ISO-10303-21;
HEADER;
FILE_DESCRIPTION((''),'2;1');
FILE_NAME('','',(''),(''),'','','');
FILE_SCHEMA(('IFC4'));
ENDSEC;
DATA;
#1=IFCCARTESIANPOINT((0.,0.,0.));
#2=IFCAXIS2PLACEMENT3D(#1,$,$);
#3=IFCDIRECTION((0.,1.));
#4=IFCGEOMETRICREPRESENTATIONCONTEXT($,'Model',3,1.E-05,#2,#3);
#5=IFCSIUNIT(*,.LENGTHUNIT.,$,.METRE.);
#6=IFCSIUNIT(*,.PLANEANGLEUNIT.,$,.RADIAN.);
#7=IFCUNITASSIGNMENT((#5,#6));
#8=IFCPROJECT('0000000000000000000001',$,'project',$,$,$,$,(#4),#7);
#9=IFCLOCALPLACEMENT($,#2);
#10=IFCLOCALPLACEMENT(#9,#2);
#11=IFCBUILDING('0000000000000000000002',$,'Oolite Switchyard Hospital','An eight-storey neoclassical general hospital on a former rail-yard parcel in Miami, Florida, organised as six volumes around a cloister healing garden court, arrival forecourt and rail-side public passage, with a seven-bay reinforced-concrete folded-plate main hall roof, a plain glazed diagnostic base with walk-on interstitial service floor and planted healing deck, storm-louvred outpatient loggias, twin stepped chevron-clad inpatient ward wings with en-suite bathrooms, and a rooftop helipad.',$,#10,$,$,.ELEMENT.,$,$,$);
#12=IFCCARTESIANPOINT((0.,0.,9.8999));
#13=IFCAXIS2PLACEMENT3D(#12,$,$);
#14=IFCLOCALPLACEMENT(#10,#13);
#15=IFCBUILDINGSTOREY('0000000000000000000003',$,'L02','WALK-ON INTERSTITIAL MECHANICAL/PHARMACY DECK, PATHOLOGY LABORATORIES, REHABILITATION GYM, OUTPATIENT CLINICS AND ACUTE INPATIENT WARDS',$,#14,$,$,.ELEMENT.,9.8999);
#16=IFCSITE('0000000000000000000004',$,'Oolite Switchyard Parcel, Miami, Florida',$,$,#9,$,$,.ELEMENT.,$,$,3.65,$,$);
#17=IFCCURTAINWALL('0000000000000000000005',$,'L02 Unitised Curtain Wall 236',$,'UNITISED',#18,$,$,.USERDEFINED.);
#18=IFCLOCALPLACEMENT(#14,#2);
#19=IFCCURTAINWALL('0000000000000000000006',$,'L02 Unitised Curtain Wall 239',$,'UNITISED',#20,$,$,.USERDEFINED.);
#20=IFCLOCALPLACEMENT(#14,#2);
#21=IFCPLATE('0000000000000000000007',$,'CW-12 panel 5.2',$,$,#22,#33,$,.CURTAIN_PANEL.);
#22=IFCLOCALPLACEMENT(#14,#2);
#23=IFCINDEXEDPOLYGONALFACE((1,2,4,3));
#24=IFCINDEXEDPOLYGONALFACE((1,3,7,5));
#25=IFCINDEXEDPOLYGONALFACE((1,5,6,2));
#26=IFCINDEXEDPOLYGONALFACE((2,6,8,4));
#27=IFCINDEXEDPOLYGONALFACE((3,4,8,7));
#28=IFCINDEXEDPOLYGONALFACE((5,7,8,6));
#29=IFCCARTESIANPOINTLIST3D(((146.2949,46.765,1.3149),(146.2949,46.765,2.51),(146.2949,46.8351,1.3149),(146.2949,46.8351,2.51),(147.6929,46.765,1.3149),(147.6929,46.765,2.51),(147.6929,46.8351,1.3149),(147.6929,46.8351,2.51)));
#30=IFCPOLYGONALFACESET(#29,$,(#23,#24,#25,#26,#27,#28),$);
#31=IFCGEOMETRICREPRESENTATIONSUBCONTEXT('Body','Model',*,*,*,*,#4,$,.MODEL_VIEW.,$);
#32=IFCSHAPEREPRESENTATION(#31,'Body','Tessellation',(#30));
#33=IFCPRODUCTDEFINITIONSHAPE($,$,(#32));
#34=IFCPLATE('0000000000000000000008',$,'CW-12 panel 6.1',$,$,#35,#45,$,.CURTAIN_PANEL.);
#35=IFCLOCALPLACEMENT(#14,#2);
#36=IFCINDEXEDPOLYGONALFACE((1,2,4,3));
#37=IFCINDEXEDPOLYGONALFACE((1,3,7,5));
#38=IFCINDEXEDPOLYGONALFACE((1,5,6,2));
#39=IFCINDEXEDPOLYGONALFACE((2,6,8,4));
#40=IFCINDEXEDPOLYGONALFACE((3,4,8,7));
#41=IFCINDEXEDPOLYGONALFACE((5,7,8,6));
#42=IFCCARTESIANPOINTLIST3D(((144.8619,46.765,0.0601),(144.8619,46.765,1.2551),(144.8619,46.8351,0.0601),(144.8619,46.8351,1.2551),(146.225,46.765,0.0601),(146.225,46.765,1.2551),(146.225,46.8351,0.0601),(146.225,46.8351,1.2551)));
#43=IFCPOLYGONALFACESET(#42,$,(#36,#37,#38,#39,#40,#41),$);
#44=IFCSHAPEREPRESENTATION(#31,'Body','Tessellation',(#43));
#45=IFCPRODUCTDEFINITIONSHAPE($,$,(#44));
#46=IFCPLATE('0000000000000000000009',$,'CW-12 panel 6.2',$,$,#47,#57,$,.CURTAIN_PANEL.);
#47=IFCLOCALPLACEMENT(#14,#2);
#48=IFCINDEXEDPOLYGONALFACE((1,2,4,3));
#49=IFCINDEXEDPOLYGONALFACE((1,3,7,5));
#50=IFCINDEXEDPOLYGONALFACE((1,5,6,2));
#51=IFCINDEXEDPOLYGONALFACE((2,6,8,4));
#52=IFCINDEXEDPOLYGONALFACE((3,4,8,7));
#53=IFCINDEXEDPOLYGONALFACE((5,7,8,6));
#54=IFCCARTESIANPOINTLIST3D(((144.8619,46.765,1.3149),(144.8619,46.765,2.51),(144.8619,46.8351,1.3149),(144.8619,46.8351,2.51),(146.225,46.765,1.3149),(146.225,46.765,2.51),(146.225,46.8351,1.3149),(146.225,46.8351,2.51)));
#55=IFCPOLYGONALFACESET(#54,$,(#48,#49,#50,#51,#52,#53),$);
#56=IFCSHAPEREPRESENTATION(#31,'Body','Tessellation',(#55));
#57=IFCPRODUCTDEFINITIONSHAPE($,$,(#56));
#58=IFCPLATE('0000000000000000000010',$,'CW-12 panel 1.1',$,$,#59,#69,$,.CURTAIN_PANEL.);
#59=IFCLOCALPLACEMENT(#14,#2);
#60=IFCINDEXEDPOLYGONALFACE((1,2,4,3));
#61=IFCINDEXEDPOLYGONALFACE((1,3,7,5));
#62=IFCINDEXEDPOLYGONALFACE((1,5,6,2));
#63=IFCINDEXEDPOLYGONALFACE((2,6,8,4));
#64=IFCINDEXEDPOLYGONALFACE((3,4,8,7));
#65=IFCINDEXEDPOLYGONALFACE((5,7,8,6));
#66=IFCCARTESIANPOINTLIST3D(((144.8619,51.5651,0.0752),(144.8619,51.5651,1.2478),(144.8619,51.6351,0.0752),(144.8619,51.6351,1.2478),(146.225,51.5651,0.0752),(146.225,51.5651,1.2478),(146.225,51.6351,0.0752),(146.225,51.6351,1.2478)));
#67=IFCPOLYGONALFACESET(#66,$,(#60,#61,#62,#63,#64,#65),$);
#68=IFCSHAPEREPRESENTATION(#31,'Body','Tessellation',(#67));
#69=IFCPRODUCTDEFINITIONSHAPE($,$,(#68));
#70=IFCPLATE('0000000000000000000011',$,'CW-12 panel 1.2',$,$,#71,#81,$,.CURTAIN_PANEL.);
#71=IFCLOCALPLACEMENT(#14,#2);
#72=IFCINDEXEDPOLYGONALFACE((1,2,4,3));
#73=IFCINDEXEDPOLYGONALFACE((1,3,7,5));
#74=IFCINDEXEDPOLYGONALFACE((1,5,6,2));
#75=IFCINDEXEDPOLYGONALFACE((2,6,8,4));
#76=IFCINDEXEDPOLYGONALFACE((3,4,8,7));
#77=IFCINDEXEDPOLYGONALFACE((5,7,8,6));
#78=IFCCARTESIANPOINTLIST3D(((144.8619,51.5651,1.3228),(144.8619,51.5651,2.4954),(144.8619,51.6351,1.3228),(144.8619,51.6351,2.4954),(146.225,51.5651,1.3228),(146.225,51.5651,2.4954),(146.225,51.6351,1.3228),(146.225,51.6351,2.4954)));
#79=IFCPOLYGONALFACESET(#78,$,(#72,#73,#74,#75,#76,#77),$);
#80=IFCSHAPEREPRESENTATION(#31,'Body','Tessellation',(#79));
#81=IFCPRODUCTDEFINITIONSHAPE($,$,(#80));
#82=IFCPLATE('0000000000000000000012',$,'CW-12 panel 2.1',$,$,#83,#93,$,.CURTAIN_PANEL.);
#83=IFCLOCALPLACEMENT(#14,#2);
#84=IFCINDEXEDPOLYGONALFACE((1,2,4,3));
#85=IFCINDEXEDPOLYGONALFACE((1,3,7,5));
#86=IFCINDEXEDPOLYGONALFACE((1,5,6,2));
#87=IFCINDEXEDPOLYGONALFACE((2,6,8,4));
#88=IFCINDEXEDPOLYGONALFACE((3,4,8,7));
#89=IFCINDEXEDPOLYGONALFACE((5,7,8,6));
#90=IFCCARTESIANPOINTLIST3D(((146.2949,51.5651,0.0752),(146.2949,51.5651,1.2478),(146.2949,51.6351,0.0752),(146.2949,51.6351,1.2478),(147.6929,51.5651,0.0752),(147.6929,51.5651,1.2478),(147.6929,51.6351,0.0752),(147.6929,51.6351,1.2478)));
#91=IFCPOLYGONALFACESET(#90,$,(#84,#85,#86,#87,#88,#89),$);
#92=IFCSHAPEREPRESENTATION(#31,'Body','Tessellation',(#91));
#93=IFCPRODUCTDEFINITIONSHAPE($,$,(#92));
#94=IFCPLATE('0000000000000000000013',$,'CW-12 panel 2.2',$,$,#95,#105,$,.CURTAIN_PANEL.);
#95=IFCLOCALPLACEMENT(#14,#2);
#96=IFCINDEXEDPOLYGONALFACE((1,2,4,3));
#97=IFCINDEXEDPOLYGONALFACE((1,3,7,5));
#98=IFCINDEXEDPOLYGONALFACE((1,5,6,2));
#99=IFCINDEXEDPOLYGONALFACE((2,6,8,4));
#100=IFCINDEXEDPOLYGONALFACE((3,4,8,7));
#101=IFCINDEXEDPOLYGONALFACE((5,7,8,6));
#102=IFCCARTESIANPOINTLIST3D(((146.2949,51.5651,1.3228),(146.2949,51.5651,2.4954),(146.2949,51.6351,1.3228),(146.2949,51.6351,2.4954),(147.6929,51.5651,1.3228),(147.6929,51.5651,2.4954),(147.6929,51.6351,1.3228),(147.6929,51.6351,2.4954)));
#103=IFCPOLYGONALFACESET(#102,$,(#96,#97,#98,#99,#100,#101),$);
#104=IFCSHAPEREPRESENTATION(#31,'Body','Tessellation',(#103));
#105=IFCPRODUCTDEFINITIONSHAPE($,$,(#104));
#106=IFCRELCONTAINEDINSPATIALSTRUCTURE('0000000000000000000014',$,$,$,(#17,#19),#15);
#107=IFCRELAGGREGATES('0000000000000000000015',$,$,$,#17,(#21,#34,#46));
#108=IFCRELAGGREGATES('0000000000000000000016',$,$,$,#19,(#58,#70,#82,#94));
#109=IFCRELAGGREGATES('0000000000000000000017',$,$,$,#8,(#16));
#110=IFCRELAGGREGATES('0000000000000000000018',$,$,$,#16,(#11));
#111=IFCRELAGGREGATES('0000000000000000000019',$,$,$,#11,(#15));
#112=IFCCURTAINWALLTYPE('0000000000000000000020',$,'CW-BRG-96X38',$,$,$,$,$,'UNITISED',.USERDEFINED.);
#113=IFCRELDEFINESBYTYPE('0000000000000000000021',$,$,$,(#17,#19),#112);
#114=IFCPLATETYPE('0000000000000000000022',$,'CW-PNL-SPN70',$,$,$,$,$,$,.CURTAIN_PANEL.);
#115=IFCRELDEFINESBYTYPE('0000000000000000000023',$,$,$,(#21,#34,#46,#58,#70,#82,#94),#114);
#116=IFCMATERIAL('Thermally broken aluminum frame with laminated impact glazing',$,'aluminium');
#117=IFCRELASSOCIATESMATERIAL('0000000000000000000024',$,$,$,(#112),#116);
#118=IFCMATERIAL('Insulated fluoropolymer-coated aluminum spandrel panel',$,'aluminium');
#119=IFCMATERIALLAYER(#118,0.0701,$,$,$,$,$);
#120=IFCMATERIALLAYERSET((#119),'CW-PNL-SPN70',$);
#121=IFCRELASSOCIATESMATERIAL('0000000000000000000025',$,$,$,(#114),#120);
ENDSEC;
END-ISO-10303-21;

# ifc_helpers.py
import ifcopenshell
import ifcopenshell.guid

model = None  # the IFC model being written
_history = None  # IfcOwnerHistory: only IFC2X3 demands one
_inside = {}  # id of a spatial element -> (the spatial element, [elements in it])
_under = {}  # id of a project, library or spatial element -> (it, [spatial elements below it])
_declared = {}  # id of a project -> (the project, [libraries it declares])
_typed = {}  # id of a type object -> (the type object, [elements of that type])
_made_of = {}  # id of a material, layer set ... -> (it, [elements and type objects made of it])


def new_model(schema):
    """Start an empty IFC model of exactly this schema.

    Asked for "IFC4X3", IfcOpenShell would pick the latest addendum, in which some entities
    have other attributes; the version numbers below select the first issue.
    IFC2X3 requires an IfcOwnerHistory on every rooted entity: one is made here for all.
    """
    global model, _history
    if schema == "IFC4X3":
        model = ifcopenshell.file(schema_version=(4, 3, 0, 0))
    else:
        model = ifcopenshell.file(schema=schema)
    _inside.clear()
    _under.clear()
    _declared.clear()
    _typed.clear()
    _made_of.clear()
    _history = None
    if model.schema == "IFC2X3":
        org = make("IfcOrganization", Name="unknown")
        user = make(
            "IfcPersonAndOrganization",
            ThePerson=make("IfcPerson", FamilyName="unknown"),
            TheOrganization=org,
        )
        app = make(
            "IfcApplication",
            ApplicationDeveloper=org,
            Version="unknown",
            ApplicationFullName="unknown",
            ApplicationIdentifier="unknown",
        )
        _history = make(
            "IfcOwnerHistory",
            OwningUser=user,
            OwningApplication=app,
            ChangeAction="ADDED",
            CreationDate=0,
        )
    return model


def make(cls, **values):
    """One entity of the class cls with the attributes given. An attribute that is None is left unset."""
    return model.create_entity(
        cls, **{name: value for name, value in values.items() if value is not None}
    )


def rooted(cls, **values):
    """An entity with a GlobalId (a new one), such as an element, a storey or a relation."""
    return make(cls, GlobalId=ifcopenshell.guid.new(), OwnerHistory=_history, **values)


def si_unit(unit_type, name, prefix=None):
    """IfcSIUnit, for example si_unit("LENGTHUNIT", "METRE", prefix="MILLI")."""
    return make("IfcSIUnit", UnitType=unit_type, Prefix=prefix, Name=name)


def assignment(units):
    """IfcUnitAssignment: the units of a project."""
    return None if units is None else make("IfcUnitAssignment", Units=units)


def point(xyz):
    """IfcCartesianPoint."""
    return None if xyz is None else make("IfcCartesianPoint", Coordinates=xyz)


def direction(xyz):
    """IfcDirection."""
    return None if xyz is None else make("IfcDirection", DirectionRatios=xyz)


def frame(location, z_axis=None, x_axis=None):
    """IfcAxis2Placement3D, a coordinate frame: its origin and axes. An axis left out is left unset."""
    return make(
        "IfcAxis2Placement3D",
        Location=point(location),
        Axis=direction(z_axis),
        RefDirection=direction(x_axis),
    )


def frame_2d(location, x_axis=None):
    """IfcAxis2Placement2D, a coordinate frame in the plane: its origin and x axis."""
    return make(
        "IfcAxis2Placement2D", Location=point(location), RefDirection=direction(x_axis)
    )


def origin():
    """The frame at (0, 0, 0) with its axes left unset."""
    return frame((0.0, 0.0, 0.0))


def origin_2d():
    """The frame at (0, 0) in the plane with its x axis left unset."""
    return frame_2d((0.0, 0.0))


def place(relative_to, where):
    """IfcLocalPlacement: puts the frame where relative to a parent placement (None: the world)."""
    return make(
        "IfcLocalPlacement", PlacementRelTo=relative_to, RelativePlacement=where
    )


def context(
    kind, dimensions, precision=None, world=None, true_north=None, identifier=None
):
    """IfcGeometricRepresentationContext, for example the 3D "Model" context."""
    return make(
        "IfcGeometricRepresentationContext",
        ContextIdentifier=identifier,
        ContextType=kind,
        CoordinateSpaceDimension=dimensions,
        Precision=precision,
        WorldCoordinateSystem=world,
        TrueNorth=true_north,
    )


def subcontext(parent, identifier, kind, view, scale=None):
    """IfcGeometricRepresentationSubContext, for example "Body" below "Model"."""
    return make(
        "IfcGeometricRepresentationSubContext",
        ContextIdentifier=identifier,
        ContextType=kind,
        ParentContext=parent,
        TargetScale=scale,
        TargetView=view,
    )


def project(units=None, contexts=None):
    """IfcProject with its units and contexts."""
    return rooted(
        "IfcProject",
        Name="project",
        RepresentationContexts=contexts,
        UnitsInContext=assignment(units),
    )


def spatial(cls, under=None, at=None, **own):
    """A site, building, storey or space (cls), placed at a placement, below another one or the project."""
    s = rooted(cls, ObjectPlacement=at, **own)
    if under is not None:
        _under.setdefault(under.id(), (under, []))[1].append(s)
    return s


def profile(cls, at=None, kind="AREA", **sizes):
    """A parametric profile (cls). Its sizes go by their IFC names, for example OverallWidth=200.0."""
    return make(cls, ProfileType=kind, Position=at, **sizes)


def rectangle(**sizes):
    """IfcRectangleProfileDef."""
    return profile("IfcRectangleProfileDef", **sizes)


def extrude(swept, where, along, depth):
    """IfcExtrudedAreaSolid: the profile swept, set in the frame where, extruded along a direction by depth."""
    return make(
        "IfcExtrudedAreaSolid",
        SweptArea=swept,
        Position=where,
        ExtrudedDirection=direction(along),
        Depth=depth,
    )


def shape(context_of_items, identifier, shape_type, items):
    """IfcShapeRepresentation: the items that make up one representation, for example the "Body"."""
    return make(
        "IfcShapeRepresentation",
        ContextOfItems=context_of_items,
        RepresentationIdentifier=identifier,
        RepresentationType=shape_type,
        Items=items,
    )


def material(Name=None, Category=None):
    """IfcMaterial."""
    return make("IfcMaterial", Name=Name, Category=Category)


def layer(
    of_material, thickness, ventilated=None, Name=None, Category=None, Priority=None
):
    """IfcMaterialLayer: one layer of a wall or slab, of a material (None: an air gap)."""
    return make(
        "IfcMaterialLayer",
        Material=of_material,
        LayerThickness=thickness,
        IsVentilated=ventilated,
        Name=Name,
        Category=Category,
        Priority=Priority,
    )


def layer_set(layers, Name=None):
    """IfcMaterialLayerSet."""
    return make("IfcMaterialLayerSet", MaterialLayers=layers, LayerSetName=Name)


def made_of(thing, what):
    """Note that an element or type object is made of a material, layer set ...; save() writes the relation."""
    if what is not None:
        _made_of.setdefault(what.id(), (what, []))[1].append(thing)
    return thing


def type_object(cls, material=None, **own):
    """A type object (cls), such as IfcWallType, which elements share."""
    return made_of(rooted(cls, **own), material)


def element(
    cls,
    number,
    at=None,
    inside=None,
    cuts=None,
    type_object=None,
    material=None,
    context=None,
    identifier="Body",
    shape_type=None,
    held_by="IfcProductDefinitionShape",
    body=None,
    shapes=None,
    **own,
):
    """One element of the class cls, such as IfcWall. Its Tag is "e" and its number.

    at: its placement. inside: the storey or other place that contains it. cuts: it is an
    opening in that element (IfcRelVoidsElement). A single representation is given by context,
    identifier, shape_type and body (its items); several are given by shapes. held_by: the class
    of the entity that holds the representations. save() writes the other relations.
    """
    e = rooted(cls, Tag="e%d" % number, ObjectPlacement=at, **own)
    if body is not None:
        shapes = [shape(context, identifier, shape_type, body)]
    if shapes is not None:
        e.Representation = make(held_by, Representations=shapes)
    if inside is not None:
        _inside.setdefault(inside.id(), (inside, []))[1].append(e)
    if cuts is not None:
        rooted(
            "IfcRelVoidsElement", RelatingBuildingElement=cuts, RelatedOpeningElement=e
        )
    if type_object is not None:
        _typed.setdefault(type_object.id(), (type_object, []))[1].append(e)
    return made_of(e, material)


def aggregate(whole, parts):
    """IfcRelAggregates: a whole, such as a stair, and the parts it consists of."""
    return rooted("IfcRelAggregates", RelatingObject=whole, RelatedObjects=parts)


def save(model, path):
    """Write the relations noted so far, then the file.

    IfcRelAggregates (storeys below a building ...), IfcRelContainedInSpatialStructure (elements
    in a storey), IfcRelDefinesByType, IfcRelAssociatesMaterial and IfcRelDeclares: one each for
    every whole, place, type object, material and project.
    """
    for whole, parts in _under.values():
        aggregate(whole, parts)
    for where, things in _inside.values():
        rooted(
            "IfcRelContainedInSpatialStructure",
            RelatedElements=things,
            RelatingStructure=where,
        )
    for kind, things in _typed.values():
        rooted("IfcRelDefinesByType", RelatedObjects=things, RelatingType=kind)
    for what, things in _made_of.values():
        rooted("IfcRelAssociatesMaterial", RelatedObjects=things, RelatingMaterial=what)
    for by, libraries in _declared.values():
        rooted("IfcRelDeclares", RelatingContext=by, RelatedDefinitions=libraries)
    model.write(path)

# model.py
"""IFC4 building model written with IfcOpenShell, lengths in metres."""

from ifc_helpers import new_model, si_unit, direction, frame, origin, origin_2d, place, context, subcontext, project, spatial, rectangle, extrude, material, layer, layer_set, type_object, element, aggregate, save


model = new_model("IFC4")

# Units and contexts
model_context = context("Model", 3, precision=1e-05, world=origin(), true_north=direction((0.0, 1.0)))
body_context = subcontext(model_context, "Body", "Model", "MODEL_VIEW")
ifc_project = project(units=[si_unit("LENGTHUNIT", "METRE"), si_unit("PLANEANGLEUNIT", "RADIAN")], contexts=[model_context])

# Site, building, storey
site_placement = place(None, origin())
site = spatial("IfcSite", under=ifc_project, at=site_placement, Name="Oolite Switchyard Parcel, Miami, Florida", CompositionType="ELEMENT", RefElevation=3.65)
building_placement = place(site_placement, origin())
building = spatial("IfcBuilding", under=site, at=building_placement, Name="Oolite Switchyard Hospital", Description="An eight-storey neoclassical general hospital on a former rail-yard parcel in Miami, Florida, organised as six volumes around a cloister healing garden court, arrival forecourt and rail-side public passage, with a seven-bay reinforced-concrete folded-plate main hall roof, a plain glazed diagnostic base with walk-on interstitial service floor and planted healing deck, storm-louvred outpatient loggias, twin stepped chevron-clad inpatient ward wings with en-suite bathrooms, and a rooftop helipad.", CompositionType="ELEMENT")
storey_placement = place(building_placement, frame((0.0, 0.0, 9.8999)))
storey = spatial("IfcBuildingStorey", under=building, at=storey_placement, Name="L02", Description="WALK-ON INTERSTITIAL MECHANICAL/PHARMACY DECK, PATHOLOGY LABORATORIES, REHABILITATION GYM, OUTPATIENT CLINICS AND ACUTE INPATIENT WARDS", CompositionType="ELEMENT", Elevation=9.8999)

# Curtain walls
ifc_material_1 = material(Name="Thermally broken aluminum frame with laminated impact glazing", Category="aluminium")
curtain_wall_type = type_object("IfcCurtainWallType", Name="CW-BRG-96X38", ElementType="UNITISED", PredefinedType="USERDEFINED", material=ifc_material_1)
curtain_wall_1_placement = place(storey_placement, origin())
curtain_wall_1 = element("IfcCurtainWall", 1, at=curtain_wall_1_placement, inside=storey, type_object=curtain_wall_type, Name="L02 Unitised Curtain Wall 236", ObjectType="UNITISED", PredefinedType="USERDEFINED")
curtain_wall_2_placement = place(storey_placement, origin())
curtain_wall_2 = element("IfcCurtainWall", 2, at=curtain_wall_2_placement, inside=storey, type_object=curtain_wall_type, Name="L02 Unitised Curtain Wall 239", ObjectType="UNITISED", PredefinedType="USERDEFINED")

# Plates
ifc_material_2 = material(Name="Insulated fluoropolymer-coated aluminum spandrel panel", Category="aluminium")
ifc_layer = layer(ifc_material_2, 0.0701)
ifc_layer_set = layer_set([ifc_layer], Name="CW-PNL-SPN70")
plate_type = type_object("IfcPlateType", Name="CW-PNL-SPN70", PredefinedType="CURTAIN_PANEL", material=ifc_layer_set)
plate_1_placement = place(storey_placement, frame((146.9939, 46.8, 1.3149), z_axis=(0.0, 0.0, 1.0), x_axis=(-1.0, 0.0, 0.0)))
plate_1 = element("IfcPlate", 3, at=plate_1_placement, type_object=plate_type, Name="CW-12 panel 5.2", PredefinedType="CURTAIN_PANEL", context=body_context, shape_type="SweptSolid", body=[
    extrude(rectangle(XDim=1.3979, YDim=0.0701, at=origin_2d()), origin(), (0.0, 0.0, 1.0), 1.1951),
])
plate_2_placement = place(storey_placement, frame((145.5435, 46.8, 0.0601), z_axis=(0.0, 0.0, 1.0), x_axis=(-1.0, 0.0, 0.0)))
plate_2 = element("IfcPlate", 4, at=plate_2_placement, type_object=plate_type, Name="CW-12 panel 6.1", PredefinedType="CURTAIN_PANEL", context=body_context, shape_type="SweptSolid", body=[
    extrude(rectangle(XDim=1.363, YDim=0.0701, at=origin_2d()), origin(), (0.0, 0.0, 1.0), 1.1951),
])
plate_3_placement = place(storey_placement, frame((145.5435, 46.8, 1.3149), z_axis=(0.0, 0.0, 1.0), x_axis=(-1.0, 0.0, 0.0)))
plate_3 = element("IfcPlate", 5, at=plate_3_placement, type_object=plate_type, Name="CW-12 panel 6.2", PredefinedType="CURTAIN_PANEL", context=body_context, shape_type="SweptSolid", body=[
    extrude(rectangle(XDim=1.363, YDim=0.0701, at=origin_2d()), origin(), (0.0, 0.0, 1.0), 1.1951),
])
aggregate(curtain_wall_1, [plate_1, plate_2, plate_3])
plate_4_placement = place(storey_placement, frame((145.5435, 51.6001, 0.0752), z_axis=(0.0, 0.0, 1.0), x_axis=(1.0, 0.0, 0.0)))
plate_4 = element("IfcPlate", 6, at=plate_4_placement, type_object=plate_type, Name="CW-12 panel 1.1", PredefinedType="CURTAIN_PANEL", context=body_context, shape_type="SweptSolid", body=[
    extrude(rectangle(XDim=1.363, YDim=0.0701, at=origin_2d()), origin(), (0.0, 0.0, 1.0), 1.1726),
])
plate_5_placement = place(storey_placement, frame((145.5435, 51.6001, 1.3228), z_axis=(0.0, 0.0, 1.0), x_axis=(1.0, 0.0, 0.0)))
plate_5 = element("IfcPlate", 7, at=plate_5_placement, type_object=plate_type, Name="CW-12 panel 1.2", PredefinedType="CURTAIN_PANEL", context=body_context, shape_type="SweptSolid", body=[
    extrude(rectangle(XDim=1.363, YDim=0.0701, at=origin_2d()), origin(), (0.0, 0.0, 1.0), 1.1726),
])
plate_6_placement = place(storey_placement, frame((146.9939, 51.6001, 0.0752), z_axis=(0.0, 0.0, 1.0), x_axis=(1.0, 0.0, 0.0)))
plate_6 = element("IfcPlate", 8, at=plate_6_placement, type_object=plate_type, Name="CW-12 panel 2.1", PredefinedType="CURTAIN_PANEL", context=body_context, shape_type="SweptSolid", body=[
    extrude(rectangle(XDim=1.3979, YDim=0.0701, at=origin_2d()), origin(), (0.0, 0.0, 1.0), 1.1726),
])
plate_7_placement = place(storey_placement, frame((146.9939, 51.6001, 1.3228), z_axis=(0.0, 0.0, 1.0), x_axis=(1.0, 0.0, 0.0)))
plate_7 = element("IfcPlate", 9, at=plate_7_placement, type_object=plate_type, Name="CW-12 panel 2.2", PredefinedType="CURTAIN_PANEL", context=body_context, shape_type="SweptSolid", body=[
    extrude(rectangle(XDim=1.3979, YDim=0.0701, at=origin_2d()), origin(), (0.0, 0.0, 1.0), 1.1726),
])
aggregate(curtain_wall_2, [plate_4, plate_5, plate_6, plate_7])

save(model, "model.ifc")
